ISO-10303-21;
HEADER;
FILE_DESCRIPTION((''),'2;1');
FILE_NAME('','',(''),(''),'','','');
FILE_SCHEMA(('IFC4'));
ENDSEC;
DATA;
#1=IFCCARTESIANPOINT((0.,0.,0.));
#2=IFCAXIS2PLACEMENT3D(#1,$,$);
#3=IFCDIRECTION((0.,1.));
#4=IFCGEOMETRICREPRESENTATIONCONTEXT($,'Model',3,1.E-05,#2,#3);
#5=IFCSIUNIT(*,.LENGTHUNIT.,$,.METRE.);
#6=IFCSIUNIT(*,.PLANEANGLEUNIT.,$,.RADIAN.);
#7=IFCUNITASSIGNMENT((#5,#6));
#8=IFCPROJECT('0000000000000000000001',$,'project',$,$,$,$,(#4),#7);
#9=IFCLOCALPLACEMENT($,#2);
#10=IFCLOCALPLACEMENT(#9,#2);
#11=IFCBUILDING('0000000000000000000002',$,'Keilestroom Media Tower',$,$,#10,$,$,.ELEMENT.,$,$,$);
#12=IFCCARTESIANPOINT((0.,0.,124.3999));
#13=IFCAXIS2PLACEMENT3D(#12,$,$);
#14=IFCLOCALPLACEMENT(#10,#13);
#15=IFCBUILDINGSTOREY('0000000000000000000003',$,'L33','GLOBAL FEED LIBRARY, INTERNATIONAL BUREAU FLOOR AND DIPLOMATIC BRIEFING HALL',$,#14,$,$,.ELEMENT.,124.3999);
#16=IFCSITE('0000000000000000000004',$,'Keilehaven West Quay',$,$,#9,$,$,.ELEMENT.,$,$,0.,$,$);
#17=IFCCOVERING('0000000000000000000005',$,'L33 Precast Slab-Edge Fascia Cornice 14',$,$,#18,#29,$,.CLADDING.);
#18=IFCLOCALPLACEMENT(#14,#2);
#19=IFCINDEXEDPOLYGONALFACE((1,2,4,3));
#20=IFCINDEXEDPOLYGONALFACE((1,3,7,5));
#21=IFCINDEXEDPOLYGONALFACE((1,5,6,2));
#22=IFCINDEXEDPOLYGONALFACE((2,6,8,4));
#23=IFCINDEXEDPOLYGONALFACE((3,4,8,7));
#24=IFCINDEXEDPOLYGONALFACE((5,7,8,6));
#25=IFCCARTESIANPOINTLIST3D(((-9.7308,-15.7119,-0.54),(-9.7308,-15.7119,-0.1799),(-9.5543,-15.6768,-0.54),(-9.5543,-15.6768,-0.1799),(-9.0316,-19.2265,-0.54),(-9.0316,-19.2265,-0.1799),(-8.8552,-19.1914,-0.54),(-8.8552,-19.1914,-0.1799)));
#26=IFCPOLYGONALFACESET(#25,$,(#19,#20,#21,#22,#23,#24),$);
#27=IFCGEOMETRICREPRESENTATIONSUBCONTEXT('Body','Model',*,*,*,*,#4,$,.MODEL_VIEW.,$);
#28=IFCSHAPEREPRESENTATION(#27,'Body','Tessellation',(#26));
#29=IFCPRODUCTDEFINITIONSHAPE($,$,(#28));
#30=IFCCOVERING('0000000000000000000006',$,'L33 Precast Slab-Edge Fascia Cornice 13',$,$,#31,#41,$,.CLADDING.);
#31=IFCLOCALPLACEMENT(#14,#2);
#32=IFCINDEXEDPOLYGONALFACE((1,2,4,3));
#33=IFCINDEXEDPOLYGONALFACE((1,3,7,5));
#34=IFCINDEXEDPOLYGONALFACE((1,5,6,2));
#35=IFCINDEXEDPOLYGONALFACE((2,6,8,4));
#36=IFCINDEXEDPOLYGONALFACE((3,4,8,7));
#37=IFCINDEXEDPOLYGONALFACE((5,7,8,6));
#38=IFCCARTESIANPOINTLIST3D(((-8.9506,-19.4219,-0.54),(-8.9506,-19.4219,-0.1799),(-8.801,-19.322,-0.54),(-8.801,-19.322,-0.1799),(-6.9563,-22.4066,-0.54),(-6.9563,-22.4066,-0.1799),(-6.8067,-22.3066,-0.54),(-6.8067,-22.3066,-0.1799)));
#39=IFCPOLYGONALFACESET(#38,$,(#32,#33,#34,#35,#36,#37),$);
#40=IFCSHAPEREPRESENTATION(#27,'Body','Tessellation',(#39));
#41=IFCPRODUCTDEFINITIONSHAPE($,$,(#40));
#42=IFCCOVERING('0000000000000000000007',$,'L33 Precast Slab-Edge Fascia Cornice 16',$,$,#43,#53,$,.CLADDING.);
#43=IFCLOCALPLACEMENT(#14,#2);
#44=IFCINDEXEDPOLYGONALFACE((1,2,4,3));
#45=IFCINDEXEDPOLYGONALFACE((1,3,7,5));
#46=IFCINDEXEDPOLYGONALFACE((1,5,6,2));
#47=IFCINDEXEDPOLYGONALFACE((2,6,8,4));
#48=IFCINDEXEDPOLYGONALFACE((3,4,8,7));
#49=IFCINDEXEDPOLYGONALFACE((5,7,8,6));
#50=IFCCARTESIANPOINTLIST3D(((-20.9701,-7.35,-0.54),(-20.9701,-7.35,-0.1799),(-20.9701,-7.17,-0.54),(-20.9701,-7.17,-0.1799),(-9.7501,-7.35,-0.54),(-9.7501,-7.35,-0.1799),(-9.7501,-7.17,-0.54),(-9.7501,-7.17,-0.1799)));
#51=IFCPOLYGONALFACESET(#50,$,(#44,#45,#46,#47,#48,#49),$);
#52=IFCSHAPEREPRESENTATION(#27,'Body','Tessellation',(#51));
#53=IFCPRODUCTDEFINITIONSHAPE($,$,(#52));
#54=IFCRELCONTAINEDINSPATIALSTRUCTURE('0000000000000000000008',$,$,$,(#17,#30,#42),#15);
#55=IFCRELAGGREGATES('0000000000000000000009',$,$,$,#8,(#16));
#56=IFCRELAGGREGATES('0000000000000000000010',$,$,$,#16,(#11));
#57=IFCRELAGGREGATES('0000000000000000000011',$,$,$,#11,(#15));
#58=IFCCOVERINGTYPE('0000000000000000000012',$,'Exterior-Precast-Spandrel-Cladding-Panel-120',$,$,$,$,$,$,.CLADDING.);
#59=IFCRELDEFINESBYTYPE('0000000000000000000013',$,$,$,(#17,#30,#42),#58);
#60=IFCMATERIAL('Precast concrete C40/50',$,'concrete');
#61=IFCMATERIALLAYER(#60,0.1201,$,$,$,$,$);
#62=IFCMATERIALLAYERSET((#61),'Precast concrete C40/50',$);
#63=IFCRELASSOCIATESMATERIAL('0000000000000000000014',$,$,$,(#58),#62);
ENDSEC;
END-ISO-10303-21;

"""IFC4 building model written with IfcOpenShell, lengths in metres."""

from ifc_helpers import new_model, si_unit, direction, frame, origin, origin_2d, place, context, subcontext, project, spatial, rectangle, extrude, source, transform, mapped, material, layer, layer_set, type_object, element, save


model = new_model("IFC4")

# Units and contexts
model_context = context("Model", 3, precision=1e-05, world=origin(), true_north=direction((0.0, 1.0)))
body_context = subcontext(model_context, "Body", "Model", "MODEL_VIEW")
ifc_project = project(units=[si_unit("LENGTHUNIT", "METRE"), si_unit("PLANEANGLEUNIT", "RADIAN")], contexts=[model_context])

# Site, building, storey
site_placement = place(None, origin())
site = spatial("IfcSite", under=ifc_project, at=site_placement, Name="Keilehaven West Quay", CompositionType="ELEMENT", RefElevation=0.0)
building_placement = place(site_placement, origin())
building = spatial("IfcBuilding", under=site, at=building_placement, Name="Keilestroom Media Tower", CompositionType="ELEMENT")
storey_placement = place(building_placement, frame((0.0, 0.0, 124.3999)))
storey = spatial("IfcBuildingStorey", under=building, at=storey_placement, Name="L33", Description="GLOBAL FEED LIBRARY, INTERNATIONAL BUREAU FLOOR AND DIPLOMATIC BRIEFING HALL", CompositionType="ELEMENT", Elevation=124.3999)

# Shared definitions
ifc_material_1 = material(Name="Precast concrete C40/50", Category="concrete")

# Coverings
ifc_layer_1 = layer(ifc_material_1, 0.1201)
ifc_layer_set_1 = layer_set([ifc_layer_1], Name="Precast concrete C40/50")
covering_type = type_object("IfcCoveringType", Name="Exterior-Precast-Spandrel-Cladding-Panel-120", PredefinedType="CLADDING", material=ifc_layer_set_1)
shared_shape_1 = source(origin(), body_context, "Body", "SweptSolid", [
    extrude(rectangle(XDim=3.5835, YDim=0.1799, at=origin_2d()), origin(), (0.0, 0.0, 1.0), 0.3601),
])
covering_1_placement = place(storey_placement, frame((-9.293, -17.4517, -0.54), z_axis=(0.0, 0.0, 1.0), x_axis=(-0.195099, 0.980784, 0.0)))
element("IfcCovering", 1, at=covering_1_placement, inside=storey, type_object=covering_type, Name="L33 Precast Slab-Edge Fascia Cornice 14", PredefinedType="CLADDING", context=body_context, shape_type="MappedRepresentation", body=[
    mapped(shared_shape_1, transform((0.0, 0.0, 0.0), x_axis=(1.0, 0.0, 0.0), y_axis=(0.0, 1.0, 0.0), z_axis=(0.0, 0.0, 1.0), scale=1.0)),
])
shared_shape_2 = source(origin(), body_context, "Body", "SweptSolid", [
    extrude(rectangle(XDim=3.5896, YDim=0.1799, at=origin_2d()), origin(), (0.0, 0.0, 1.0), 0.3601),
])
covering_2_placement = place(storey_placement, frame((-7.8787, -20.8643, -0.54), z_axis=(0.0, 0.0, 1.0), x_axis=(-0.555575, 0.831467, 0.0)))
element("IfcCovering", 2, at=covering_2_placement, inside=storey, type_object=covering_type, Name="L33 Precast Slab-Edge Fascia Cornice 13", PredefinedType="CLADDING", context=body_context, shape_type="MappedRepresentation", body=[
    mapped(shared_shape_2, transform((0.0, 0.0, 0.0), x_axis=(1.0, 0.0, 0.0), y_axis=(0.0, 1.0, 0.0), z_axis=(0.0, 0.0, 1.0), scale=1.0)),
])
shared_shape_3 = source(origin(), body_context, "Body", "SweptSolid", [
    extrude(rectangle(XDim=11.22, YDim=0.1799, at=origin_2d()), origin(), (0.0, 0.0, 1.0), 0.3601),
])
covering_3_placement = place(storey_placement, frame((-15.3601, -7.26, -0.54), z_axis=(0.0, 0.0, 1.0), x_axis=(-1.0, 0.0, 0.0)))
element("IfcCovering", 3, at=covering_3_placement, inside=storey, type_object=covering_type, Name="L33 Precast Slab-Edge Fascia Cornice 16", PredefinedType="CLADDING", context=body_context, shape_type="MappedRepresentation", body=[
    mapped(shared_shape_3, transform((0.0, 0.0, 0.0), x_axis=(1.0, 0.0, 0.0), y_axis=(0.0, 1.0, 0.0), z_axis=(0.0, 0.0, 1.0), scale=1.0)),
])

save(model, "model.ifc")
